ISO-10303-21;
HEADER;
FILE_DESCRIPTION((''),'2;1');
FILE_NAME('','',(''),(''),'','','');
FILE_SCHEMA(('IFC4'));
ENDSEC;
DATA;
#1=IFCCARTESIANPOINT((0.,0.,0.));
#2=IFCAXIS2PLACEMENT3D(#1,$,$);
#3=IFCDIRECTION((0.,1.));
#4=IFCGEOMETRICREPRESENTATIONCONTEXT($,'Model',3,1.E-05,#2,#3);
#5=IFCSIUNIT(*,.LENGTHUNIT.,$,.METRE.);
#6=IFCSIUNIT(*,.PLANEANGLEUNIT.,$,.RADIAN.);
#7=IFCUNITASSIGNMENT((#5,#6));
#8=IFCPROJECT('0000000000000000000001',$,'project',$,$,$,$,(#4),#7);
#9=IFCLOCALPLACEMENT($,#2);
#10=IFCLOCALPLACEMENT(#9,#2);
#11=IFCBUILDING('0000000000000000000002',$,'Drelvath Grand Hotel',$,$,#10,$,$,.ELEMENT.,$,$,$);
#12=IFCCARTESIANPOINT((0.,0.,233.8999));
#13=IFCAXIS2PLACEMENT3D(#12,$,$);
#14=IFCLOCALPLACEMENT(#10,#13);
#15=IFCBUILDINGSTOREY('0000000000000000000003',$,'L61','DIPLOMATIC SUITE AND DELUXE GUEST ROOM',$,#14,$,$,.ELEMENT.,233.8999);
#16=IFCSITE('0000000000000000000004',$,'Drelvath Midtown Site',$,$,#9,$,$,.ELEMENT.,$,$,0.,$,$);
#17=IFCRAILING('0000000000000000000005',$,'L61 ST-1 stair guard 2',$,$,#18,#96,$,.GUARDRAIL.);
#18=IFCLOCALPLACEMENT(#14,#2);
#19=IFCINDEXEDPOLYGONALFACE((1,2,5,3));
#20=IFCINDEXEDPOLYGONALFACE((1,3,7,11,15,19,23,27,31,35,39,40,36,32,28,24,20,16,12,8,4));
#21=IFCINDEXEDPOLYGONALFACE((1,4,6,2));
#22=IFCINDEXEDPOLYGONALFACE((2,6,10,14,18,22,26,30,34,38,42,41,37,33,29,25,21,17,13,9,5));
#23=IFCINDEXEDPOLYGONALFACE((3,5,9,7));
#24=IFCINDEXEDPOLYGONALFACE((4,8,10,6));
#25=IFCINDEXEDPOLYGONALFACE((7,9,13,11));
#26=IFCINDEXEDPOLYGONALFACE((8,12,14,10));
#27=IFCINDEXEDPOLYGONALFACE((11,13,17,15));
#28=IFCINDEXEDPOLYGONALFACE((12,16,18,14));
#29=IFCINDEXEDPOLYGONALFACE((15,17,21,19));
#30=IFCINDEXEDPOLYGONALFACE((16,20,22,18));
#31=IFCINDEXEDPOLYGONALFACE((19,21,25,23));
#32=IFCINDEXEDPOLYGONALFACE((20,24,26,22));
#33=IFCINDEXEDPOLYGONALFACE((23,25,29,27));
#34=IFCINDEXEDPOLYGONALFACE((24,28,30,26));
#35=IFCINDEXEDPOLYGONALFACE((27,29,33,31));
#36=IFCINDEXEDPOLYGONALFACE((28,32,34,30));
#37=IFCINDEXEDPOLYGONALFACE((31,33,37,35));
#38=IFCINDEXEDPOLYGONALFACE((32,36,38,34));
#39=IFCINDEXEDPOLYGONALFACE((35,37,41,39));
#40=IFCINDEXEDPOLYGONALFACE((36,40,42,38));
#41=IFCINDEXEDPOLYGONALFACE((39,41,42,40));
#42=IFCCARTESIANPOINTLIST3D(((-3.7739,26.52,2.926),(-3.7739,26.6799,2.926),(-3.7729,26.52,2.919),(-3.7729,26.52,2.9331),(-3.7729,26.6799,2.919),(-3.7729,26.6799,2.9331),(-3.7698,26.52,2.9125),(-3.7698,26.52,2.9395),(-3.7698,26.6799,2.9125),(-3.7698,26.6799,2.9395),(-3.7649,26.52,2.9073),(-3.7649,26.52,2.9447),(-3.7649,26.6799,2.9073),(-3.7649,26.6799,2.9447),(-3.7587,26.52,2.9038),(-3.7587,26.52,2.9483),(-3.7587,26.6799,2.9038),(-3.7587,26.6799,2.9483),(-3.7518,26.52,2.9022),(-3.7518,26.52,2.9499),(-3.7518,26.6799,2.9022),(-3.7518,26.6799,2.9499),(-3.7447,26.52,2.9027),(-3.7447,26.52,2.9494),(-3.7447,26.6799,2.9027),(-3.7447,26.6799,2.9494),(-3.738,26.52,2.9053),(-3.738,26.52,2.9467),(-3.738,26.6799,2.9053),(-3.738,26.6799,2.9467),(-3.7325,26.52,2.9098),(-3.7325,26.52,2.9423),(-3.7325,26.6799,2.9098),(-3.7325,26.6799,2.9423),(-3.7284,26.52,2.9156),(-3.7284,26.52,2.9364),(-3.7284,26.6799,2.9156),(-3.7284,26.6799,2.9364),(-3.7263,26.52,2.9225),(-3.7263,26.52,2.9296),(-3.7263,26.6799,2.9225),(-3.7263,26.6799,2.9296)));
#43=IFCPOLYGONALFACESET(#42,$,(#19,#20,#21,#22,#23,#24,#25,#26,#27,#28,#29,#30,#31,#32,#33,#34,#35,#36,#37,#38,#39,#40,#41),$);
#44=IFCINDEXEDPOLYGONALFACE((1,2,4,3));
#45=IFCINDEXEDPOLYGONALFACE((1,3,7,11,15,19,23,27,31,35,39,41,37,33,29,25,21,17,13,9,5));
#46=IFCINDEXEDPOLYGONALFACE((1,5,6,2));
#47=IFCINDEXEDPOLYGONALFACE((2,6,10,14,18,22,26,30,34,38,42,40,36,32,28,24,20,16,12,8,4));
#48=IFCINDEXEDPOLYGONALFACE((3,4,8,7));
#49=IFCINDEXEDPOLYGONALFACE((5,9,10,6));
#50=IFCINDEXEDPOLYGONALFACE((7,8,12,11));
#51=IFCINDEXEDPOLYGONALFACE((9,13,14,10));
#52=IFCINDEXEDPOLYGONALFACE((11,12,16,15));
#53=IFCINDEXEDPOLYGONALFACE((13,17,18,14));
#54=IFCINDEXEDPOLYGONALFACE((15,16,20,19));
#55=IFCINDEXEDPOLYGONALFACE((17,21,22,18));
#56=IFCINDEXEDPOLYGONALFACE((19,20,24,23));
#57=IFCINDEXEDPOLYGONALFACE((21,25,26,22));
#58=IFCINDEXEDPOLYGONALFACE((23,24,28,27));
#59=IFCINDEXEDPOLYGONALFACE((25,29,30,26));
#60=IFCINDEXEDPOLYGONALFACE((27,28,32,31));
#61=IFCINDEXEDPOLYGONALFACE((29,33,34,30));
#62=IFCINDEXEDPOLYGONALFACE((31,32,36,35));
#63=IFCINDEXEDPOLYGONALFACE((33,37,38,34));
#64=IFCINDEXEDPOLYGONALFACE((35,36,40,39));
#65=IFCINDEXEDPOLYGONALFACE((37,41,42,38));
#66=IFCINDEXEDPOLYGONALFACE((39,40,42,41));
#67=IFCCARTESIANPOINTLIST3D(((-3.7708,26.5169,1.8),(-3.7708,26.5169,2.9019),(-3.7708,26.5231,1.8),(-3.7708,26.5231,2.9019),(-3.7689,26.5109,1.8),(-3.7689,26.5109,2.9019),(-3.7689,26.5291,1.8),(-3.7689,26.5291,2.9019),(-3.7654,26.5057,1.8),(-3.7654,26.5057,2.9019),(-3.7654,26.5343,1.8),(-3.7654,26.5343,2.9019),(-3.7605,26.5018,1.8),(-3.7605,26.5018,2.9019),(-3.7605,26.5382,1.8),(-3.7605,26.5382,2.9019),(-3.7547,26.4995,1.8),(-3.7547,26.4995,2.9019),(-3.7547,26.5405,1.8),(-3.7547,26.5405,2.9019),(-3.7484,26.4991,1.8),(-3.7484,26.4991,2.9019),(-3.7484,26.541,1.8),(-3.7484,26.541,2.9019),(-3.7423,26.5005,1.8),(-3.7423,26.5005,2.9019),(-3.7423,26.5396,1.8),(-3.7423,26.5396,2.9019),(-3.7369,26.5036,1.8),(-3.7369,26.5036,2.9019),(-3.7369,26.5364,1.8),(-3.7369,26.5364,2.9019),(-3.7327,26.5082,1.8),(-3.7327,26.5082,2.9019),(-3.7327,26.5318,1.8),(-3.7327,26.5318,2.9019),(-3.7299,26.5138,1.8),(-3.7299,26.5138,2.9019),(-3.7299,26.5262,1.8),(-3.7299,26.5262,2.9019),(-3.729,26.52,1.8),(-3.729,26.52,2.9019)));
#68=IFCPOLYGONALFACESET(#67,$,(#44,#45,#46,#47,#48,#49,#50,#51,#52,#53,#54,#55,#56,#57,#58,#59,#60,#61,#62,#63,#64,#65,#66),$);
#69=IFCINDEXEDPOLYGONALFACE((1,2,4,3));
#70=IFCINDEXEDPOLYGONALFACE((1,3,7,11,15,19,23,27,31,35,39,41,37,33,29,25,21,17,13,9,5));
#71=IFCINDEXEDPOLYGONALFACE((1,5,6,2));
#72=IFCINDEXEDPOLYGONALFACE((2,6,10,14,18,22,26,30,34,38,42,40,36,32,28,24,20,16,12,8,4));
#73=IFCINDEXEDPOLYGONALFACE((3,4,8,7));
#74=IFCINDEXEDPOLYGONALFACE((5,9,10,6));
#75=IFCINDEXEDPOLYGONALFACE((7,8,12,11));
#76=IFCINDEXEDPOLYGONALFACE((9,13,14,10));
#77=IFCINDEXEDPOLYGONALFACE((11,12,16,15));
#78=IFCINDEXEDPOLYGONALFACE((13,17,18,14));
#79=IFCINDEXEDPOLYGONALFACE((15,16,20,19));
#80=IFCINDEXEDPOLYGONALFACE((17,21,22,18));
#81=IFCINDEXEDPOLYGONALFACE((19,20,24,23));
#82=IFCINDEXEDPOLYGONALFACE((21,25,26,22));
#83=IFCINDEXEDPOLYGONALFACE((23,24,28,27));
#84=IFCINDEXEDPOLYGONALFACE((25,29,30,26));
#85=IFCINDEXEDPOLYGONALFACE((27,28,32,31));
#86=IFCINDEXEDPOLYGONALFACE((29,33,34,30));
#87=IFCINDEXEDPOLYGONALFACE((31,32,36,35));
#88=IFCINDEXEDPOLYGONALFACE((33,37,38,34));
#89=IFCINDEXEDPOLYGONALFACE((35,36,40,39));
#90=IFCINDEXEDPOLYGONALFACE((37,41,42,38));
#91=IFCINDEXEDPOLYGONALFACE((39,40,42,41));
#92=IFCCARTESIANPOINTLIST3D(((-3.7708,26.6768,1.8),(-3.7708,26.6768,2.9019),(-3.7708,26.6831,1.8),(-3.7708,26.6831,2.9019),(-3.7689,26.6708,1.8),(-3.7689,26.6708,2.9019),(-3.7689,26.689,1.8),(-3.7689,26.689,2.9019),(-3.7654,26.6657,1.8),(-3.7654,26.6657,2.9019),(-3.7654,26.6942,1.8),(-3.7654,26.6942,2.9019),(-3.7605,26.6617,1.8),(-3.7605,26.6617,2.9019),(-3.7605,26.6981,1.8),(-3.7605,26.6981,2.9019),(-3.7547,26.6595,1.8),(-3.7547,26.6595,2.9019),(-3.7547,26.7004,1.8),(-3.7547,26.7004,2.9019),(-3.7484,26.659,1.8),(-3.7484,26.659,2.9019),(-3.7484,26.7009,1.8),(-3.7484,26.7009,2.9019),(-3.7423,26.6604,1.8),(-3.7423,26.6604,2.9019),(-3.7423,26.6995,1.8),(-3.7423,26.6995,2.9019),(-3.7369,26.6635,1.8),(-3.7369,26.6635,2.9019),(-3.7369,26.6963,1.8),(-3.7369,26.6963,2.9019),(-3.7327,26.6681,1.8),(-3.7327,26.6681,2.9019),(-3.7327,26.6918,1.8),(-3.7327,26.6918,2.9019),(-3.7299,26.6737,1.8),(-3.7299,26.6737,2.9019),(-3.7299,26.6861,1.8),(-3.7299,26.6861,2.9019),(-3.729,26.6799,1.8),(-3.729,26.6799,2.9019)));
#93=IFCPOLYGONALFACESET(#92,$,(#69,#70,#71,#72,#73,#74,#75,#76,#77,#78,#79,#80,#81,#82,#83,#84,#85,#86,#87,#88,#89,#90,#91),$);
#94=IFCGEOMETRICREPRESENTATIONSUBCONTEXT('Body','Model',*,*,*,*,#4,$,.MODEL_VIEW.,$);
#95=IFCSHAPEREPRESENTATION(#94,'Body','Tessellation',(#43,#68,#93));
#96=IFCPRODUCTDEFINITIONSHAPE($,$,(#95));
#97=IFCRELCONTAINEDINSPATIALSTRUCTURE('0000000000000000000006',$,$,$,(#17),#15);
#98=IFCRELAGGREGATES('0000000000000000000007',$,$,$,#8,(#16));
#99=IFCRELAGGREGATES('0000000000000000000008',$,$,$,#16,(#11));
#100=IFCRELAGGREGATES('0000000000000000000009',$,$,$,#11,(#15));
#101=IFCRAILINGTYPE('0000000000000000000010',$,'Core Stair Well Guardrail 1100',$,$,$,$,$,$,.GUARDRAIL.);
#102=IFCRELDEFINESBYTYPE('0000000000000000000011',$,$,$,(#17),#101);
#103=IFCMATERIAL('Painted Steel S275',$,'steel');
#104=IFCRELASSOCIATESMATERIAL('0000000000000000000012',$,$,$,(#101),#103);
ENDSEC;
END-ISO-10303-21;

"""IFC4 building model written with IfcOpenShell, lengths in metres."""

from ifc_helpers import new_model, si_unit, direction, frame, origin, origin_2d, place, context, subcontext, project, spatial, circle, extrude, material, type_object, element, save


model = new_model("IFC4")

# Units and contexts
model_context = context("Model", 3, precision=1e-05, world=origin(), true_north=direction((0.0, 1.0)))
body_context = subcontext(model_context, "Body", "Model", "MODEL_VIEW")
ifc_project = project(units=[si_unit("LENGTHUNIT", "METRE"), si_unit("PLANEANGLEUNIT", "RADIAN")], contexts=[model_context])

# Site, building, storey
site_placement = place(None, origin())
site = spatial("IfcSite", under=ifc_project, at=site_placement, Name="Drelvath Midtown Site", CompositionType="ELEMENT", RefElevation=0.0)
building_placement = place(site_placement, origin())
building = spatial("IfcBuilding", under=site, at=building_placement, Name="Drelvath Grand Hotel", CompositionType="ELEMENT")
storey_placement = place(building_placement, frame((0.0, 0.0, 233.8999)))
storey = spatial("IfcBuildingStorey", under=building, at=storey_placement, Name="L61", Description="DIPLOMATIC SUITE AND DELUXE GUEST ROOM", CompositionType="ELEMENT", Elevation=233.8999)

# Shared definitions
ifc_material_1 = material(Name="Painted Steel S275", Category="steel")

# Railing
railing_type_1 = type_object("IfcRailingType", Name="Core Stair Well Guardrail 1100", PredefinedType="GUARDRAIL", material=ifc_material_1)
railing_1_placement = place(storey_placement, frame((-3.75, 26.52, 1.8)))
element("IfcRailing", 1, at=railing_1_placement, inside=storey, type_object=railing_type_1, Name="L61 ST-1 stair guard 2", PredefinedType="GUARDRAIL", context=body_context, shape_type="SweptSolid", body=[
    extrude(circle(Radius=0.0239, at=origin_2d()), frame((0.0, 0.0, 1.126), z_axis=(0.0, 1.0, 0.0), x_axis=(-1.0, 0.0, 0.0)), (0.0, 0.0, 1.0), 0.1599),
    extrude(circle(Radius=0.021, at=origin_2d()), origin(), (0.0, 0.0, 1.0), 1.1018),
    extrude(circle(Radius=0.021, at=origin_2d()), frame((0.0, 0.1599, 0.0)), (0.0, 0.0, 1.0), 1.1018),
])

save(model, "model.ifc")
